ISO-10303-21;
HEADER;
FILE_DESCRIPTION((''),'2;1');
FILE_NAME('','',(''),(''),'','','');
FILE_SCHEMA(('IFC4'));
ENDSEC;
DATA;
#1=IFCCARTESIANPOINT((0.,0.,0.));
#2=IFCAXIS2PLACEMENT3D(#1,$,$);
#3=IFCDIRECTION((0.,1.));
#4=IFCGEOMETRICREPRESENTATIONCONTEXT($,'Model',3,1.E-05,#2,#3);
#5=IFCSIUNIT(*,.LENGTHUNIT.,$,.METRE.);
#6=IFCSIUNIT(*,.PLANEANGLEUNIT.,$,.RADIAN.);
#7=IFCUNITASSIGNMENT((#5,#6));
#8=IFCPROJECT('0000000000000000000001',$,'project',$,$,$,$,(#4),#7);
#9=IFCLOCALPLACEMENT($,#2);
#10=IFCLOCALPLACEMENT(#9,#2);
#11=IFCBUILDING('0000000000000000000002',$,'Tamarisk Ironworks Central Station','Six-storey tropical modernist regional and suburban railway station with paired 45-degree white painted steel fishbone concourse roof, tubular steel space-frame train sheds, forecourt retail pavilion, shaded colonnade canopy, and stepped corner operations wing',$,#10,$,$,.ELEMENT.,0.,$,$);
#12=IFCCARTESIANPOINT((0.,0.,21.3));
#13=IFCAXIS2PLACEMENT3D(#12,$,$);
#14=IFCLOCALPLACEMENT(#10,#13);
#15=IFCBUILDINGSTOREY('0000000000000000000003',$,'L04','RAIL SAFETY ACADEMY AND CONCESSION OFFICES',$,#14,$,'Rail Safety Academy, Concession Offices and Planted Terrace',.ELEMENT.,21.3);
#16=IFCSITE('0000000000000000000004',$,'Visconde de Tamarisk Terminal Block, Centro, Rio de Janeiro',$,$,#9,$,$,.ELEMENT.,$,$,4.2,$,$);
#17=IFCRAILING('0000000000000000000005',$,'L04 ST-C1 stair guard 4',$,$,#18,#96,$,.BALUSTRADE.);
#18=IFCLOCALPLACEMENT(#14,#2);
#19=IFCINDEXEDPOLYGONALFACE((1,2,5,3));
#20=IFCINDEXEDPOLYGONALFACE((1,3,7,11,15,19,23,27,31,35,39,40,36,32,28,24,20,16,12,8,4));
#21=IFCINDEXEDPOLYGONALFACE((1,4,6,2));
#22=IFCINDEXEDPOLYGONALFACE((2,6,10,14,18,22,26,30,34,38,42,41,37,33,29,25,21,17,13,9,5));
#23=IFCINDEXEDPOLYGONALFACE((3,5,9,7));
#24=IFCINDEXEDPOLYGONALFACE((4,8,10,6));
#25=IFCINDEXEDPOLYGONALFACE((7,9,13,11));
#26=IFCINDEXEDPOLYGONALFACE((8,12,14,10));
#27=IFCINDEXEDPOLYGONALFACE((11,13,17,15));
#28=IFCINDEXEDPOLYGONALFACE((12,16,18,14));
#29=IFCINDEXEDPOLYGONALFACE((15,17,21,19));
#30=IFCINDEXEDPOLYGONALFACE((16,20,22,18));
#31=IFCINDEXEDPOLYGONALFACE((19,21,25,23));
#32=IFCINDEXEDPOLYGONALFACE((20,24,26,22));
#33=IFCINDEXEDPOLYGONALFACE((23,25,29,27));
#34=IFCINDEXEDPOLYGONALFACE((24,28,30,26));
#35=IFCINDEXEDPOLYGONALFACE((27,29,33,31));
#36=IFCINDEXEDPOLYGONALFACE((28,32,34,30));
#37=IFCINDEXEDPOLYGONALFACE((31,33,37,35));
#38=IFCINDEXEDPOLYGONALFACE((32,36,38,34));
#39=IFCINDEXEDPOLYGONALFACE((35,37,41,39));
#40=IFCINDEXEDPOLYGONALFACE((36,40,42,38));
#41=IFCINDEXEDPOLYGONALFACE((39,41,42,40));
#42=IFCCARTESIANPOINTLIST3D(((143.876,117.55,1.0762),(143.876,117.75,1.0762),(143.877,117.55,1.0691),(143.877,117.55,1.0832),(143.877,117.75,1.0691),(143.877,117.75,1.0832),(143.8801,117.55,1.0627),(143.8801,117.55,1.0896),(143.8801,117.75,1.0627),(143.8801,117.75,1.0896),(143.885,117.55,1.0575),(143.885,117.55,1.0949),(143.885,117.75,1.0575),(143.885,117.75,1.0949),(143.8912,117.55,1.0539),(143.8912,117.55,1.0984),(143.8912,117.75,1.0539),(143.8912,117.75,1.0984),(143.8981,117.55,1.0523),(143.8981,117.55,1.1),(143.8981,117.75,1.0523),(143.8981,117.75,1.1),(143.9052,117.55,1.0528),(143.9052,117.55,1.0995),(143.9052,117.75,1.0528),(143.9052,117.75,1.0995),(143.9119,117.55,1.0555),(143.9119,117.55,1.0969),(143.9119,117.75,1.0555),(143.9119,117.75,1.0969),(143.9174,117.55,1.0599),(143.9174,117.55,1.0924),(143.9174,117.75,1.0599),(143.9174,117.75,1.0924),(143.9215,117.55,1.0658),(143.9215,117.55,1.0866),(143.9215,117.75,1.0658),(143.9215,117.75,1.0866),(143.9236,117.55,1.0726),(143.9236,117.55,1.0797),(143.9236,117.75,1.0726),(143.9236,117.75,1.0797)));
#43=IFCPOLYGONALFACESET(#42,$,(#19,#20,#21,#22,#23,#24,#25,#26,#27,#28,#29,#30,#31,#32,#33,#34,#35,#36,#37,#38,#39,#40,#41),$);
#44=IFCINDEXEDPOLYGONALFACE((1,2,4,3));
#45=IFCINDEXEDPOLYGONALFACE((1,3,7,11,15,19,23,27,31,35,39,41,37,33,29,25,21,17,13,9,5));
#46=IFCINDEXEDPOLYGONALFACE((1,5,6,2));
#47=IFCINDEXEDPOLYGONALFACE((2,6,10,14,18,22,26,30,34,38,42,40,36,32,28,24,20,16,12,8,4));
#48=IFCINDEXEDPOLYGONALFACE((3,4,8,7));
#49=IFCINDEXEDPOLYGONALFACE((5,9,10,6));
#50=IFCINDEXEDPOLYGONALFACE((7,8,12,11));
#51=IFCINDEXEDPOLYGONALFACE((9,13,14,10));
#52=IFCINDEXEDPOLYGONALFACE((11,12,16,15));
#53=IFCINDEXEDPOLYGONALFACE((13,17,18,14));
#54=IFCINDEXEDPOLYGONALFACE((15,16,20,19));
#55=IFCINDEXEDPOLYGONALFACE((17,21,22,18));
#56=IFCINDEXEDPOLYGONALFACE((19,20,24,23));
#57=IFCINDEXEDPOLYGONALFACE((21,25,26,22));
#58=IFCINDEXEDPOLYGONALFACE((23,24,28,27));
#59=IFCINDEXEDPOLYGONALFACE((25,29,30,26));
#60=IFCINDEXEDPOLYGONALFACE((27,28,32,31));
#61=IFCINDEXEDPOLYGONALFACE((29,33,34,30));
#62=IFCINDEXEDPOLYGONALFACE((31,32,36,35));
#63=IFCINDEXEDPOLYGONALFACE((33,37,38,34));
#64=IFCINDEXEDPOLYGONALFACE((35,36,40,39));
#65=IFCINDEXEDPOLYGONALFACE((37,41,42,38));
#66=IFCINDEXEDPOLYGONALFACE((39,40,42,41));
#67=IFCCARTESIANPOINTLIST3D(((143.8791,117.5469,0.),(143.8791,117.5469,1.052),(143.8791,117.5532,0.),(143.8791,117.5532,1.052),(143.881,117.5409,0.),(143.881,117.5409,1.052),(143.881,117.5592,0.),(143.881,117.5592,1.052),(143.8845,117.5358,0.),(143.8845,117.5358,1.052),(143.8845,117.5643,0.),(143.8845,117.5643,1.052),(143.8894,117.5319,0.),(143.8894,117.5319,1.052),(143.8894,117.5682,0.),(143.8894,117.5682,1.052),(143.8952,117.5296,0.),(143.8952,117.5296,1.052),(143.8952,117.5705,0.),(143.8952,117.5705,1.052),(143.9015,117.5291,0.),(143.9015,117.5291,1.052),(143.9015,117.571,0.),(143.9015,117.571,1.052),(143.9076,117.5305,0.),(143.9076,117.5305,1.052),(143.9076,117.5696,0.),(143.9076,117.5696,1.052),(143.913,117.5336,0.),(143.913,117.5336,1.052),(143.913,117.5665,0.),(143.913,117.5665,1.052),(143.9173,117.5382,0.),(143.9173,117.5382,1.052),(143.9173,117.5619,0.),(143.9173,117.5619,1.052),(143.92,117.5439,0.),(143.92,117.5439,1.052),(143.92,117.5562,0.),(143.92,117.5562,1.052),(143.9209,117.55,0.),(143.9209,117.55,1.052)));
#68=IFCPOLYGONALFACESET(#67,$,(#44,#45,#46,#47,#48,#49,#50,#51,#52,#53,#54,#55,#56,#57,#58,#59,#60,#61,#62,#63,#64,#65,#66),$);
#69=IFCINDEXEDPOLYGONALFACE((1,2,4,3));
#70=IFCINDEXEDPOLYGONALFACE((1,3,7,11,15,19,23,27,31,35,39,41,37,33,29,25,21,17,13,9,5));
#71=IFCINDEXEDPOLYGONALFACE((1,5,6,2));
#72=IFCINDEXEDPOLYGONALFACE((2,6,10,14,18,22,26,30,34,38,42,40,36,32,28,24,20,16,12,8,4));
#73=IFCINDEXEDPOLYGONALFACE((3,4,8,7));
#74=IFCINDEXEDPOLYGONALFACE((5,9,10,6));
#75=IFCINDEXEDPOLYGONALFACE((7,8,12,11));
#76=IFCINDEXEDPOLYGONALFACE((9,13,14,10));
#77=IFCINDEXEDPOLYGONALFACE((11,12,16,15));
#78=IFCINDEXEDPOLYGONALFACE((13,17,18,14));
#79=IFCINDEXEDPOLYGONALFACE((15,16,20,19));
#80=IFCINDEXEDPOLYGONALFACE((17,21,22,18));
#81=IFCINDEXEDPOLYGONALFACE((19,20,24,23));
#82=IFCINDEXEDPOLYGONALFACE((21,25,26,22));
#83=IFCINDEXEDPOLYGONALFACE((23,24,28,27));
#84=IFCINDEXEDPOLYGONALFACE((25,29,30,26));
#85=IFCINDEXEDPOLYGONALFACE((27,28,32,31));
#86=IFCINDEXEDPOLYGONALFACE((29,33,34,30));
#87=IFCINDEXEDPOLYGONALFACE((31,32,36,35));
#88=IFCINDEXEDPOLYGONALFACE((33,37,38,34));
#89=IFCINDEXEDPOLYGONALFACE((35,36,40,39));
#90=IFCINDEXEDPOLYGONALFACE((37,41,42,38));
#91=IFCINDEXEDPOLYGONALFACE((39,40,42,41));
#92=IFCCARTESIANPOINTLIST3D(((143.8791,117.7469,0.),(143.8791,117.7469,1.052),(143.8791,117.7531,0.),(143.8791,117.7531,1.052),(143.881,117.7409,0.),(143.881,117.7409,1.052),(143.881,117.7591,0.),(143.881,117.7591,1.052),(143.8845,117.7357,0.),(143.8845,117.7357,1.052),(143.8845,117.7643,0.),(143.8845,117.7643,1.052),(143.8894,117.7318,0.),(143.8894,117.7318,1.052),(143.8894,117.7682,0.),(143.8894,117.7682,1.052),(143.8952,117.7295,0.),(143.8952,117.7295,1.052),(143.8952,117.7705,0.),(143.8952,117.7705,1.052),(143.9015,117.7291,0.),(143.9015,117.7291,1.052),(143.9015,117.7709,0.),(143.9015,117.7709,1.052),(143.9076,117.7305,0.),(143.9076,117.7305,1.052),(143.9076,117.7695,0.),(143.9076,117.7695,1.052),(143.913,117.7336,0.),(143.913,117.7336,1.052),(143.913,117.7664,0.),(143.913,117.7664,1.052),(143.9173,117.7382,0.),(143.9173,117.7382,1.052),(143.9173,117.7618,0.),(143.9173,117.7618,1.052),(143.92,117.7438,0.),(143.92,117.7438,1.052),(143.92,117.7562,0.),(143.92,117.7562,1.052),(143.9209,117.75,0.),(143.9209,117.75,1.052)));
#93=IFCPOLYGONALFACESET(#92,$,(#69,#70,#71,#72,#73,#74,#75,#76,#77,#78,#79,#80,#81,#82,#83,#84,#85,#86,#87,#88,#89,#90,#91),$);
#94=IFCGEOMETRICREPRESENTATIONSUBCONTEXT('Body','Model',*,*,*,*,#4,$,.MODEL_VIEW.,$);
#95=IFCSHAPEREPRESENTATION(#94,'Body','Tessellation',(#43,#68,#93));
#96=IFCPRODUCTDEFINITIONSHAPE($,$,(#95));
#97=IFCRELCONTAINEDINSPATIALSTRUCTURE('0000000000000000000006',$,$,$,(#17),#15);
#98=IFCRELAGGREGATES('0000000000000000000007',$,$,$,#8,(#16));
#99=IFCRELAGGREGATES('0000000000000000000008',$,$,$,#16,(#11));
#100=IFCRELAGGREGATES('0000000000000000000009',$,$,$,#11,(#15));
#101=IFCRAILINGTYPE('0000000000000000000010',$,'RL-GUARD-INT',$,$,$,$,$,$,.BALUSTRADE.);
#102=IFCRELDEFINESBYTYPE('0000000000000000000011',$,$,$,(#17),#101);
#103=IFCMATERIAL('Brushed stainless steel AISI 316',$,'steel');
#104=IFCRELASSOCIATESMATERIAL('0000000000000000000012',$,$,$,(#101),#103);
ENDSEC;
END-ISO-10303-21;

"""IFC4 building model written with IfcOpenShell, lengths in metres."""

from ifc_helpers import new_model, si_unit, direction, frame, origin, origin_2d, place, context, subcontext, project, spatial, circle, extrude, material, type_object, element, save


model = new_model("IFC4")

# Units and contexts
model_context = context("Model", 3, precision=1e-05, world=origin(), true_north=direction((0.0, 1.0)))
body_context = subcontext(model_context, "Body", "Model", "MODEL_VIEW")
ifc_project = project(units=[si_unit("LENGTHUNIT", "METRE"), si_unit("PLANEANGLEUNIT", "RADIAN")], contexts=[model_context])

# Site, building, storey
site_placement = place(None, origin())
site = spatial("IfcSite", under=ifc_project, at=site_placement, Name="Visconde de Tamarisk Terminal Block, Centro, Rio de Janeiro", CompositionType="ELEMENT", RefElevation=4.2)
building_placement = place(site_placement, origin())
building = spatial("IfcBuilding", under=site, at=building_placement, Name="Tamarisk Ironworks Central Station", Description="Six-storey tropical modernist regional and suburban railway station with paired 45-degree white painted steel fishbone concourse roof, tubular steel space-frame train sheds, forecourt retail pavilion, shaded colonnade canopy, and stepped corner operations wing", CompositionType="ELEMENT", ElevationOfRefHeight=0.0)
storey_placement = place(building_placement, frame((0.0, 0.0, 21.3)))
storey = spatial("IfcBuildingStorey", under=building, at=storey_placement, Name="L04", Description="RAIL SAFETY ACADEMY AND CONCESSION OFFICES", LongName="Rail Safety Academy, Concession Offices and Planted Terrace", CompositionType="ELEMENT", Elevation=21.3)

# Shared definitions
ifc_material_1 = material(Name="Brushed stainless steel AISI 316", Category="steel")

# Railing
railing_type_1 = type_object("IfcRailingType", Name="RL-GUARD-INT", PredefinedType="BALUSTRADE", material=ifc_material_1)
railing_1_placement = place(storey_placement, frame((143.8999, 117.55, 0.0)))
element("IfcRailing", 1, at=railing_1_placement, inside=storey, type_object=railing_type_1, Name="L04 ST-C1 stair guard 4", PredefinedType="BALUSTRADE", context=body_context, shape_type="SweptSolid", body=[
    extrude(circle(Radius=0.0239, at=origin_2d()), frame((0.0, 0.0, 1.0762), z_axis=(0.0, 1.0, 0.0), x_axis=(-1.0, 0.0, 0.0)), (0.0, 0.0, 1.0), 0.2),
    extrude(circle(Radius=0.021, at=origin_2d()), origin(), (0.0, 0.0, 1.0), 1.052),
    extrude(circle(Radius=0.021, at=origin_2d()), frame((0.0, 0.2, 0.0)), (0.0, 0.0, 1.0), 1.052),
])

save(model, "model.ifc")
